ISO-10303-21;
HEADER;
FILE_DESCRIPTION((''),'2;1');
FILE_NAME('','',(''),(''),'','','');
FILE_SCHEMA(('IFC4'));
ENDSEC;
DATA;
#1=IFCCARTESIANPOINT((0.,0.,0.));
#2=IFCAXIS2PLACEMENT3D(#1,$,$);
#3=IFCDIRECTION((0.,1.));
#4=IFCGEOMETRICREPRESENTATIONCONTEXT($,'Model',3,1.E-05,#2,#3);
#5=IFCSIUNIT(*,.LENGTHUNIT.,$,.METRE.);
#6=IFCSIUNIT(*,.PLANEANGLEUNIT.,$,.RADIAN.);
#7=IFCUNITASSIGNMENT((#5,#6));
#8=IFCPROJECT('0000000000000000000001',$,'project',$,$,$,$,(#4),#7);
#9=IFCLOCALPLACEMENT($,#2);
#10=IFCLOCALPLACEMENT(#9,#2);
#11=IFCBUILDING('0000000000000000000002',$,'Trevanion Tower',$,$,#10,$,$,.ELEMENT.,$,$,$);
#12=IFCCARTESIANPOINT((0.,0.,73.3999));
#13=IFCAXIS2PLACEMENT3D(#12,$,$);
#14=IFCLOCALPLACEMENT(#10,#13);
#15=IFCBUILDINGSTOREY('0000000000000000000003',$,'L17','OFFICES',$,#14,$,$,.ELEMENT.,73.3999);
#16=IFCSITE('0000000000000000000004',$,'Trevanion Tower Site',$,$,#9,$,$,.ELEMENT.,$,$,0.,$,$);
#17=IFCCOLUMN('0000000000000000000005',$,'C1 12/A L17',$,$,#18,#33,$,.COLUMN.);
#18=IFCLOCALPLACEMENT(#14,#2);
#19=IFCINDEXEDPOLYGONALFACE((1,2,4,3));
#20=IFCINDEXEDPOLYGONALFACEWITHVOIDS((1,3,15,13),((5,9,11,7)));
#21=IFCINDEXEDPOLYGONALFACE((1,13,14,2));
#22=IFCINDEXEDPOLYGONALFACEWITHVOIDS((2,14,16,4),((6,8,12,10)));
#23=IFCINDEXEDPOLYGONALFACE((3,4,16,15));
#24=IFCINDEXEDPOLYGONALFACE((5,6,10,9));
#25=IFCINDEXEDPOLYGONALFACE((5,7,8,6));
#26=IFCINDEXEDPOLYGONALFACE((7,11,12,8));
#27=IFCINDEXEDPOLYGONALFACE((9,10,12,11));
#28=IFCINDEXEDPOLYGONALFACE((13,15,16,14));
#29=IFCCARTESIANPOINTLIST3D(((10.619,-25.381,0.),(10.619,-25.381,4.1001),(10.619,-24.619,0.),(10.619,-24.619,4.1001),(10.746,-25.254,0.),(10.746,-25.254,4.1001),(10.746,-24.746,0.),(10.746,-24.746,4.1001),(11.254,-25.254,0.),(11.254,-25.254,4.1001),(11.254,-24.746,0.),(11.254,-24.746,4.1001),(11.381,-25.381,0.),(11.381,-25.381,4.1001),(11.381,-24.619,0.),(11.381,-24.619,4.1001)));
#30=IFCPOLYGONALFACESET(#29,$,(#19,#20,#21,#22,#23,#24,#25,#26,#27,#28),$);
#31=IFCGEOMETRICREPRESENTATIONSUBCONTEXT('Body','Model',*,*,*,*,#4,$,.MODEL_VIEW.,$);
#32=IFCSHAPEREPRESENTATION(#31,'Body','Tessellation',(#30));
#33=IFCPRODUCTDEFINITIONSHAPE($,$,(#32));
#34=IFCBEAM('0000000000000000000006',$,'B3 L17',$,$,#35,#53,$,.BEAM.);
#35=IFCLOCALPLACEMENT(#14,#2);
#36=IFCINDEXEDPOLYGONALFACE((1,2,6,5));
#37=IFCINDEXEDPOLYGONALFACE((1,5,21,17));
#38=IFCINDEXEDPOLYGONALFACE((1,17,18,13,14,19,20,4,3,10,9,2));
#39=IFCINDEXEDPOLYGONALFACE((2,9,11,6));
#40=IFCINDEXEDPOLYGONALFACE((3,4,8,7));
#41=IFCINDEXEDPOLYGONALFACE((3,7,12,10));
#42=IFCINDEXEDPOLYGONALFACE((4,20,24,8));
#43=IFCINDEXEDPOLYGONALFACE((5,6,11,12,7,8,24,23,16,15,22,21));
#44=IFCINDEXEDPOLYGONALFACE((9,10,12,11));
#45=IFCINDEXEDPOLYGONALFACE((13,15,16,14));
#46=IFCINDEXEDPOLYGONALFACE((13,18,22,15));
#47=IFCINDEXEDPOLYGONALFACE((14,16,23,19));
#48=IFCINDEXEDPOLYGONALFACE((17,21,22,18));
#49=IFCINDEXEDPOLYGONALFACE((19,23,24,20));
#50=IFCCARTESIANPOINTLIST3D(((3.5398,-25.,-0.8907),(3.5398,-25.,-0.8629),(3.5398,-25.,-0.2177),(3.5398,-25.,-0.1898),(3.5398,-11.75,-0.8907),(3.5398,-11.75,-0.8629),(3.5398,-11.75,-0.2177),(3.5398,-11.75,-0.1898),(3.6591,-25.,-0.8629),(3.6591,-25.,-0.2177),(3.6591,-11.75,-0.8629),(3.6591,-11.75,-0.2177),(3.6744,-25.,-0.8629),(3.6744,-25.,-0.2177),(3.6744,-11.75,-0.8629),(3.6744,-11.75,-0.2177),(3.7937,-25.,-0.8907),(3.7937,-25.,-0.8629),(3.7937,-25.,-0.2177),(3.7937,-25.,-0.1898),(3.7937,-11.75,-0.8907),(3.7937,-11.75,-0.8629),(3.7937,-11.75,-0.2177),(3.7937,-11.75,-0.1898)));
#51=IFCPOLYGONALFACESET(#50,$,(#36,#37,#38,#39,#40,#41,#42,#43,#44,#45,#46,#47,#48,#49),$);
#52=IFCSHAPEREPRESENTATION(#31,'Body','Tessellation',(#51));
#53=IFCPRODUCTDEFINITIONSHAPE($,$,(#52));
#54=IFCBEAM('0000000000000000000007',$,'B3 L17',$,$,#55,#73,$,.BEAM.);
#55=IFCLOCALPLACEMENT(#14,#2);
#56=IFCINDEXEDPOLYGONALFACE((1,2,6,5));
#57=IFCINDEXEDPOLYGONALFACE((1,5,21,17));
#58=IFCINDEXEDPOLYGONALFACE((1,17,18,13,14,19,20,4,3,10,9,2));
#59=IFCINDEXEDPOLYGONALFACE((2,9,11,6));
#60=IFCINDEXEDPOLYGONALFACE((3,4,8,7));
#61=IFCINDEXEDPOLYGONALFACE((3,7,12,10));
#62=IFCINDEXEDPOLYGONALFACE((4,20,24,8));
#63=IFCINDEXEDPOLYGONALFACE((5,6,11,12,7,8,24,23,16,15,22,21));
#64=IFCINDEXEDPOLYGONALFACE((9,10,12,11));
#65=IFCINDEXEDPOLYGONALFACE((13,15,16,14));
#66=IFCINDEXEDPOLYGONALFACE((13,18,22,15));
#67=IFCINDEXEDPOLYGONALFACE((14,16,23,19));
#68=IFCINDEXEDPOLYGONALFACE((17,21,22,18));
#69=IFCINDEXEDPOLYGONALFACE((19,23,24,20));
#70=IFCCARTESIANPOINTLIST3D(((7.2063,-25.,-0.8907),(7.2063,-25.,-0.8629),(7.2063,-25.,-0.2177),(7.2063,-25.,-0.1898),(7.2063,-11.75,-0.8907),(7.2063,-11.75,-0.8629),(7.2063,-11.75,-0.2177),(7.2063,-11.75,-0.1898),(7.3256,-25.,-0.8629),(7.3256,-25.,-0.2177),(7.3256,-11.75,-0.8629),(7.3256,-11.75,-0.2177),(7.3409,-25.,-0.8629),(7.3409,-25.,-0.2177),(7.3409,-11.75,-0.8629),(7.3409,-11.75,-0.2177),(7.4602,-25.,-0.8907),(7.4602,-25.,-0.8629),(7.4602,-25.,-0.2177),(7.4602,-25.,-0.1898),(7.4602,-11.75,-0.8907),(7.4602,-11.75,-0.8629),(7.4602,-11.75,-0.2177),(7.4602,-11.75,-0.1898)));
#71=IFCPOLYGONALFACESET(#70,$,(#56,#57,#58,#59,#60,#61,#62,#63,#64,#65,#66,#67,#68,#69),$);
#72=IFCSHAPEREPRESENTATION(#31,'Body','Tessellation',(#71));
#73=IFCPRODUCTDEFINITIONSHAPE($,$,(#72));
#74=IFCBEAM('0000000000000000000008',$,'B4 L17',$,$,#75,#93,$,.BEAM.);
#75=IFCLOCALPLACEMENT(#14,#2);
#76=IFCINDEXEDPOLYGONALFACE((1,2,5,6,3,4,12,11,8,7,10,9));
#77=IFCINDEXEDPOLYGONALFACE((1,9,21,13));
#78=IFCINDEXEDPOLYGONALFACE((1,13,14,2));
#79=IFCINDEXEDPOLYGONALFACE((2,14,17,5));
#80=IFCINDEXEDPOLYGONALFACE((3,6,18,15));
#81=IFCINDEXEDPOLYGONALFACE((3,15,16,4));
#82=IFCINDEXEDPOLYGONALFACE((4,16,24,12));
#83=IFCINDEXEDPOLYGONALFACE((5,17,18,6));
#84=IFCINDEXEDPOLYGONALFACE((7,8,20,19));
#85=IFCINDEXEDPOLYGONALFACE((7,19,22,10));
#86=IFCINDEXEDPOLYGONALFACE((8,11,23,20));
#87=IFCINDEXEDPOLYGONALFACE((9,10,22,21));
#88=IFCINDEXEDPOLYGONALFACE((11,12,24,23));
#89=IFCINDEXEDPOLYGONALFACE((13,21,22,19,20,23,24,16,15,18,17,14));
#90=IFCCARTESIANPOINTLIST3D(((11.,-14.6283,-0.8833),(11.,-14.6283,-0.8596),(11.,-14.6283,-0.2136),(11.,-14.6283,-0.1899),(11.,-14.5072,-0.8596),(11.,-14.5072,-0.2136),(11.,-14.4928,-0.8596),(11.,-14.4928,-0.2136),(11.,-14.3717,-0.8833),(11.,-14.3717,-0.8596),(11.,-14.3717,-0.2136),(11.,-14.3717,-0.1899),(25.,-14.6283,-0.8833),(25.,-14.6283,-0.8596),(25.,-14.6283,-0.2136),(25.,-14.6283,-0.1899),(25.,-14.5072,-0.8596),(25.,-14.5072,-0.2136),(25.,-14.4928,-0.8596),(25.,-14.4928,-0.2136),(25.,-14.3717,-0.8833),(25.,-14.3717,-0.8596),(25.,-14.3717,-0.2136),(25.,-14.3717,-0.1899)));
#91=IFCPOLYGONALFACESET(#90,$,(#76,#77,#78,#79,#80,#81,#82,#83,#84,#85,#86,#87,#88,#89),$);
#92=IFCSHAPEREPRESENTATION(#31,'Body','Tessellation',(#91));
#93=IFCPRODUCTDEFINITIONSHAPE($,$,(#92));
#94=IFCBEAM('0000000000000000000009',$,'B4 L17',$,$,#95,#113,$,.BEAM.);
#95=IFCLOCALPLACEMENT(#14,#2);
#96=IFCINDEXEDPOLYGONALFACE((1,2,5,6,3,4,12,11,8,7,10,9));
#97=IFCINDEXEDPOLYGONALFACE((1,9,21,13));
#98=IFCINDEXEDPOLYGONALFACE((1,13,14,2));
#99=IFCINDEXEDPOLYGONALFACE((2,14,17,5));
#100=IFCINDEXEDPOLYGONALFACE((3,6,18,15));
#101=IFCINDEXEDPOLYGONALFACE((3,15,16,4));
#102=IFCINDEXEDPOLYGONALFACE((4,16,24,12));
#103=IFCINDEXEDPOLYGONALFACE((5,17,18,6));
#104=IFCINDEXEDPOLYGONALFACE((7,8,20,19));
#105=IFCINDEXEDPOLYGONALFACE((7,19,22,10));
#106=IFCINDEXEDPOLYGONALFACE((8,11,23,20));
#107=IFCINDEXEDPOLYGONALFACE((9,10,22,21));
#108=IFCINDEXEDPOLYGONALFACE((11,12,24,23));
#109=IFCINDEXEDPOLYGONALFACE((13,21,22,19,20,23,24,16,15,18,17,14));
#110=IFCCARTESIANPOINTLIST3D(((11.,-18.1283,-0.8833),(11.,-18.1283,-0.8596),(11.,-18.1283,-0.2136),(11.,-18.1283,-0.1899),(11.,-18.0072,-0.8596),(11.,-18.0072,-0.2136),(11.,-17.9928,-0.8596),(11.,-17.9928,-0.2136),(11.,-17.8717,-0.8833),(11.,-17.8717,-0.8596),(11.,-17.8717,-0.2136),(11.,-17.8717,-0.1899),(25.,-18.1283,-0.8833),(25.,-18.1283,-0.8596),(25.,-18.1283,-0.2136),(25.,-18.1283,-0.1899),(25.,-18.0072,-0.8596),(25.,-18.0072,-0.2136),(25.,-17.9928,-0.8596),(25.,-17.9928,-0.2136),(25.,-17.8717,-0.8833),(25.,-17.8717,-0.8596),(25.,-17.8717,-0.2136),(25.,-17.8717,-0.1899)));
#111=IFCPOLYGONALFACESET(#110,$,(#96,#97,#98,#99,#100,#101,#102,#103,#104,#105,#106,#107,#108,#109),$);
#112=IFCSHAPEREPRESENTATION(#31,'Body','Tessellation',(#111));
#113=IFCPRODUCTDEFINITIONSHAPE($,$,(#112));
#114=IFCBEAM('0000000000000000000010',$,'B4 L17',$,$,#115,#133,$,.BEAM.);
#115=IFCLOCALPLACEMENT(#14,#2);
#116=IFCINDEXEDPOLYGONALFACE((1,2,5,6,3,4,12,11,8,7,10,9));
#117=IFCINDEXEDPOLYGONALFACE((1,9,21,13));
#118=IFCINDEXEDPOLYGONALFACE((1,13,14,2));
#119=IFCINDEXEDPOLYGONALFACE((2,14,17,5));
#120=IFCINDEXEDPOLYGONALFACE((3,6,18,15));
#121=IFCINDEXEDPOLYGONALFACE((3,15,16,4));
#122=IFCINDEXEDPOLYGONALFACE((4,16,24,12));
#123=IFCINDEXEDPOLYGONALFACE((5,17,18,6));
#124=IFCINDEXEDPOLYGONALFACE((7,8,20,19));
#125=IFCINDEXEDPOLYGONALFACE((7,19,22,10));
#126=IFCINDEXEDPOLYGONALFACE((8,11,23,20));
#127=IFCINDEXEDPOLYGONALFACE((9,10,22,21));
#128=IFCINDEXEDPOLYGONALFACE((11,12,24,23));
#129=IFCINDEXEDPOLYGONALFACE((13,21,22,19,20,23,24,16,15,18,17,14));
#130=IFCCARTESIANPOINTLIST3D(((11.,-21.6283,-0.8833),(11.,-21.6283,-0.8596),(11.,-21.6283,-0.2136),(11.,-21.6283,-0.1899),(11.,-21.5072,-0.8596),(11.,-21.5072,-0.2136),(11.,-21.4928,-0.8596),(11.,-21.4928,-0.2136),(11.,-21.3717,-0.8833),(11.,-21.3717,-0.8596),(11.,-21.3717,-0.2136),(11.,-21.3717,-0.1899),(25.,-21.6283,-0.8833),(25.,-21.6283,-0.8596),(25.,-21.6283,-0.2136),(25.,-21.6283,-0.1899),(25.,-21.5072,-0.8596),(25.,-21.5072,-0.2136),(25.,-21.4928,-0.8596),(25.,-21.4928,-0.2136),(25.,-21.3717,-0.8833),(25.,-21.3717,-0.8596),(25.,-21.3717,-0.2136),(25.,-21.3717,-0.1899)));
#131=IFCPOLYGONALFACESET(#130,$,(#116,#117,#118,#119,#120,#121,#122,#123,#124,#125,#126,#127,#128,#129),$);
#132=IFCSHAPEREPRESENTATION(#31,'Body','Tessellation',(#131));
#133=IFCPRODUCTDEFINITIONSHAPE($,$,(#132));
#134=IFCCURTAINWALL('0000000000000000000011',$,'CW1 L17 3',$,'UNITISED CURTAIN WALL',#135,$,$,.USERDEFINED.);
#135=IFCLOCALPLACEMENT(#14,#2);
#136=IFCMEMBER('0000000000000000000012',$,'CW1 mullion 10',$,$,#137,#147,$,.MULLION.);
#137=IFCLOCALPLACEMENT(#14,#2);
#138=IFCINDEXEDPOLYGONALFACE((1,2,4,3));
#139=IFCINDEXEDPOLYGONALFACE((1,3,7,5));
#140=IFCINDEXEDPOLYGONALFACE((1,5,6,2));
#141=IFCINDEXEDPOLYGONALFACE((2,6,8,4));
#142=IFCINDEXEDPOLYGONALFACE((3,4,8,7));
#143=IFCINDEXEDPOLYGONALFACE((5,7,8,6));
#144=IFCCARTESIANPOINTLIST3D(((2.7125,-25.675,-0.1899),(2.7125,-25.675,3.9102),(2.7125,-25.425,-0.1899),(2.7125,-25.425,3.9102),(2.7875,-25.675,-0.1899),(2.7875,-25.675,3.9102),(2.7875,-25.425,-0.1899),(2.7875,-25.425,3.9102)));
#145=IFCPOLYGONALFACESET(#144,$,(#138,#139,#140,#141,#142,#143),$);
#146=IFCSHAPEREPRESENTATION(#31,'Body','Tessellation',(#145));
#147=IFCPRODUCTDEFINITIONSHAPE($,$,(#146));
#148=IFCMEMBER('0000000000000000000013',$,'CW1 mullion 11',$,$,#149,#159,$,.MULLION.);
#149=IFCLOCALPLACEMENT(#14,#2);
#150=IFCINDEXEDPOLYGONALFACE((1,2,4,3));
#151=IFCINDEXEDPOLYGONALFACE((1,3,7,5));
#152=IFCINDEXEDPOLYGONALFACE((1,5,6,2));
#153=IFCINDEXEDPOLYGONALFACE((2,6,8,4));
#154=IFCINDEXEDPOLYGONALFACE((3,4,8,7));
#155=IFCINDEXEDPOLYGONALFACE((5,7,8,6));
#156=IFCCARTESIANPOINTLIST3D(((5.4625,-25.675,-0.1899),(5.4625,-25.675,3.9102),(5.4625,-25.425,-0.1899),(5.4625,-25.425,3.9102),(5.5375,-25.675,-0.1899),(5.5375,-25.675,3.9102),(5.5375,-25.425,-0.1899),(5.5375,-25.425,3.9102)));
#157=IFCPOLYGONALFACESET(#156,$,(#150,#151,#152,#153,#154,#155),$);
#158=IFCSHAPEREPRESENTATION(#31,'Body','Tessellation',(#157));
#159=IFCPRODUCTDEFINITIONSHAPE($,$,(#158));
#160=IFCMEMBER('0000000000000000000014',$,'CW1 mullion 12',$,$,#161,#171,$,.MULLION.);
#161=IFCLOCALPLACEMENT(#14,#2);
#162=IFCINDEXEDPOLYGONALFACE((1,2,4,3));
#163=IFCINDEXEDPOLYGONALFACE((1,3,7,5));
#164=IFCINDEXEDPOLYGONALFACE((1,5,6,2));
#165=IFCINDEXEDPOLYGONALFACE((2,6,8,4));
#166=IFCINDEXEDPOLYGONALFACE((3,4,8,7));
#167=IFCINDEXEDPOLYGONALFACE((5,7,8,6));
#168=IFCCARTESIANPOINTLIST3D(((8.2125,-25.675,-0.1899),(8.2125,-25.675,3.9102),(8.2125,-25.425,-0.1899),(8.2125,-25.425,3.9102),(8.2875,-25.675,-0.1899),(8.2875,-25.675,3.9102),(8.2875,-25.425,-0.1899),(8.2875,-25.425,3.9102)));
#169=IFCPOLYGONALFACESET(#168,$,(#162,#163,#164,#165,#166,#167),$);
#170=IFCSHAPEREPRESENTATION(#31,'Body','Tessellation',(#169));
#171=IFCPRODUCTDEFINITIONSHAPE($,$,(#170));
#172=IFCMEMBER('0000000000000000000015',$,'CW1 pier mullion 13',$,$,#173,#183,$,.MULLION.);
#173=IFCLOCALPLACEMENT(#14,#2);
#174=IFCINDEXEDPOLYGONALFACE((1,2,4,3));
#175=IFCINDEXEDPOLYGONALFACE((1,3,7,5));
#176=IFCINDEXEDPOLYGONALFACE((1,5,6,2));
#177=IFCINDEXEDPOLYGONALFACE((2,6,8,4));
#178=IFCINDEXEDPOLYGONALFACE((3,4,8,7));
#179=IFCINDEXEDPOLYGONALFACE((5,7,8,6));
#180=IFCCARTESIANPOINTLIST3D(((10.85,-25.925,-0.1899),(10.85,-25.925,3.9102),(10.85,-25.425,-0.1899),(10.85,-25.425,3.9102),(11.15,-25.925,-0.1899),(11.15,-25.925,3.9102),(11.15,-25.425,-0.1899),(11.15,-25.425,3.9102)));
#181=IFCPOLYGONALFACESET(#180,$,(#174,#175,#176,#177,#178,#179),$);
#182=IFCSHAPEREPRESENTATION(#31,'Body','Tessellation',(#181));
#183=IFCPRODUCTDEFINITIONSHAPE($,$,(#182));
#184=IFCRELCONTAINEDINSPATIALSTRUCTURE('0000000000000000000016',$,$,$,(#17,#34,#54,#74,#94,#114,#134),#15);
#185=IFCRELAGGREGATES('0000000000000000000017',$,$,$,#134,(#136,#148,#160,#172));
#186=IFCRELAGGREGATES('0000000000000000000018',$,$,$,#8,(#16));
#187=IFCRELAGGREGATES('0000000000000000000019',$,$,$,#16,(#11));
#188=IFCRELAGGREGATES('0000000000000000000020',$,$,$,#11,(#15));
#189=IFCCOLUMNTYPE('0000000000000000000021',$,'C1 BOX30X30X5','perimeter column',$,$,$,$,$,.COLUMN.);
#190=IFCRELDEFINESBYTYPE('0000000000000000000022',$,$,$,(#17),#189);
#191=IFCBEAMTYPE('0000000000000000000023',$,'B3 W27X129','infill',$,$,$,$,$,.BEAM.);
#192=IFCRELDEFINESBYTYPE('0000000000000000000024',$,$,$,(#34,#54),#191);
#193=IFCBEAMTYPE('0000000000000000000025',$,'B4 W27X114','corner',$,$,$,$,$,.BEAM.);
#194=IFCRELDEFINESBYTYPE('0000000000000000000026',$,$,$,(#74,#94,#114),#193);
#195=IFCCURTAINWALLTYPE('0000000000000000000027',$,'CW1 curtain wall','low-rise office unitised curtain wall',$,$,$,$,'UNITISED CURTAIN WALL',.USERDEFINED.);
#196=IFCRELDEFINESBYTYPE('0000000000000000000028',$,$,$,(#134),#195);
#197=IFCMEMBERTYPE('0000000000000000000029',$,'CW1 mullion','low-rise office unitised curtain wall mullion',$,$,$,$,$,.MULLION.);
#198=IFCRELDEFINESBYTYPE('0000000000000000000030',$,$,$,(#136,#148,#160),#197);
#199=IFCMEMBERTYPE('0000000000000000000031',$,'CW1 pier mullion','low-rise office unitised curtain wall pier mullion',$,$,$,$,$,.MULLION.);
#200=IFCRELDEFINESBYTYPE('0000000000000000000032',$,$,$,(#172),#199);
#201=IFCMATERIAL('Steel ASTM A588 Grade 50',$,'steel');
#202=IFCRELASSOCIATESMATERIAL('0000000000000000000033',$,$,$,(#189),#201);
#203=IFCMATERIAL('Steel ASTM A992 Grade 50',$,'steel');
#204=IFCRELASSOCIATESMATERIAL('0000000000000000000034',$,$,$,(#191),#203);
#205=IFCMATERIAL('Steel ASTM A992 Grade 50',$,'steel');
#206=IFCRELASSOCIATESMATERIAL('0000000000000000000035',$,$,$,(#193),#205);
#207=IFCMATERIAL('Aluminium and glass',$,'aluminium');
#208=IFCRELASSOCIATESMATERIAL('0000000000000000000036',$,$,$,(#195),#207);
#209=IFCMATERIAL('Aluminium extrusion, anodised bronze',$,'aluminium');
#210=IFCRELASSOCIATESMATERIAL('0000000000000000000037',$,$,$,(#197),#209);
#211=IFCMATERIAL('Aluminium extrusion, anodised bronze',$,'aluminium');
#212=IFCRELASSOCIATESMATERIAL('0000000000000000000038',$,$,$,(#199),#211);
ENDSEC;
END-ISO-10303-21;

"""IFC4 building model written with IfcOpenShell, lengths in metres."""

from ifc_helpers import new_model, si_unit, direction, frame, origin, origin_2d, place, context, subcontext, project, spatial, rectangle, hollow_rectangle, i_section, extrude, material, material_profile, profile_set, type_object, element, aggregate, save


model = new_model("IFC4")

# Units and contexts
model_context = context("Model", 3, precision=1e-05, world=origin(), true_north=direction((0.0, 1.0)))
body_context = subcontext(model_context, "Body", "Model", "MODEL_VIEW")
ifc_project = project(units=[si_unit("LENGTHUNIT", "METRE"), si_unit("PLANEANGLEUNIT", "RADIAN")], contexts=[model_context])

# Site, building, storey
site_placement = place(None, origin())
site = spatial("IfcSite", under=ifc_project, at=site_placement, Name="Trevanion Tower Site", CompositionType="ELEMENT", RefElevation=0.0)
building_placement = place(site_placement, origin())
building = spatial("IfcBuilding", under=site, at=building_placement, Name="Trevanion Tower", CompositionType="ELEMENT")
storey_placement = place(building_placement, frame((0.0, 0.0, 73.3999)))
storey = spatial("IfcBuildingStorey", under=building, at=storey_placement, Name="L17", Description="OFFICES", CompositionType="ELEMENT", Elevation=73.3999)

# Column
ifc_material_1 = material(Name="Steel ASTM A588 Grade 50", Category="steel")
ifc_material_profile_1 = material_profile(ifc_material_1, hollow_rectangle(XDim=0.762, YDim=0.762, WallThickness=0.127, at=origin_2d()), Name="BOX30X30X5")
ifc_profile_set_1 = profile_set([ifc_material_profile_1], Name="Steel ASTM A588 Grade 50")
column_type = type_object("IfcColumnType", Name="C1 BOX30X30X5", Description="perimeter column", PredefinedType="COLUMN", material=ifc_profile_set_1)
column_placement = place(storey_placement, frame((11.0, -25.0, 0.0), z_axis=(0.0, 0.0, 1.0), x_axis=(1.0, 0.0, 0.0)))
element("IfcColumn", 1, at=column_placement, inside=storey, type_object=column_type, Name="C1 12/A L17", PredefinedType="COLUMN", context=body_context, shape_type="SweptSolid", body=[
    extrude(hollow_rectangle(XDim=0.762, YDim=0.762, WallThickness=0.127, at=origin_2d()), origin(), (0.0, 0.0, 1.0), 4.1001),
])

# Beams
ifc_material_2 = material(Name="Steel ASTM A992 Grade 50", Category="steel")
ifc_material_profile_2 = material_profile(ifc_material_2, i_section(OverallWidth=0.2539, OverallDepth=0.7009, WebThickness=0.0154, FlangeThickness=0.0278, at=origin_2d()), Name="W27X129")
ifc_profile_set_2 = profile_set([ifc_material_profile_2], Name="Steel ASTM A992 Grade 50")
beam_type_1 = type_object("IfcBeamType", Name="B3 W27X129", Description="infill", PredefinedType="BEAM", material=ifc_profile_set_2)
for number, where, z_axis, x_axis, name in (
    (2, (3.6667, -11.75, -0.5403), (0.0, -1.0, 0.0), (1.0, 0.0, 0.0), "B3 L17"),
    (3, (7.3333, -11.75, -0.5403), (0.0, -1.0, 0.0), (1.0, 0.0, 0.0), "B3 L17"),
):
    element("IfcBeam", number, at=place(storey_placement, frame(where, z_axis=z_axis, x_axis=x_axis)), inside=storey, type_object=beam_type_1, Name=name, PredefinedType="BEAM", context=body_context, shape_type="SweptSolid", body=[
        extrude(i_section(OverallWidth=0.2539, OverallDepth=0.7009, WebThickness=0.0154, FlangeThickness=0.0278, at=origin_2d()), origin(), (0.0, 0.0, 1.0), 13.25),
    ])
ifc_material_3 = material(Name="Steel ASTM A992 Grade 50", Category="steel")
ifc_material_profile_3 = material_profile(ifc_material_3, i_section(OverallWidth=0.2566, OverallDepth=0.6934, WebThickness=0.0144, FlangeThickness=0.0237, at=origin_2d()), Name="W27X114")
ifc_profile_set_3 = profile_set([ifc_material_profile_3], Name="Steel ASTM A992 Grade 50")
beam_type_2 = type_object("IfcBeamType", Name="B4 W27X114", Description="corner", PredefinedType="BEAM", material=ifc_profile_set_3)
for number, where, z_axis, x_axis, name in (
    (4, (11.0, -14.5, -0.5366), (1.0, 0.0, 0.0), (0.0, 1.0, 0.0), "B4 L17"),
    (5, (11.0, -18.0, -0.5366), (1.0, 0.0, 0.0), (0.0, 1.0, 0.0), "B4 L17"),
    (6, (11.0, -21.5, -0.5366), (1.0, 0.0, 0.0), (0.0, 1.0, 0.0), "B4 L17"),
):
    element("IfcBeam", number, at=place(storey_placement, frame(where, z_axis=z_axis, x_axis=x_axis)), inside=storey, type_object=beam_type_2, Name=name, PredefinedType="BEAM", context=body_context, shape_type="SweptSolid", body=[
        extrude(i_section(OverallWidth=0.2566, OverallDepth=0.6934, WebThickness=0.0144, FlangeThickness=0.0237, at=origin_2d()), origin(), (0.0, 0.0, 1.0), 14.0),
    ])

# Curtain wall, members
ifc_material_4 = material(Name="Aluminium and glass", Category="aluminium")
curtain_wall_type = type_object("IfcCurtainWallType", Name="CW1 curtain wall", Description="low-rise office unitised curtain wall", ElementType="UNITISED CURTAIN WALL", PredefinedType="USERDEFINED", material=ifc_material_4)
curtain_wall_placement = place(storey_placement, origin())
curtain_wall = element("IfcCurtainWall", 7, at=curtain_wall_placement, inside=storey, type_object=curtain_wall_type, Name="CW1 L17 3", ObjectType="UNITISED CURTAIN WALL", PredefinedType="USERDEFINED")
ifc_material_5 = material(Name="Aluminium extrusion, anodised bronze", Category="aluminium")
ifc_material_profile_4 = material_profile(ifc_material_5, rectangle(XDim=0.075, YDim=0.25, at=origin_2d()), Name="CW1 mullion")
ifc_profile_set_4 = profile_set([ifc_material_profile_4], Name="Aluminium extrusion, anodised bronze")
member_type_1 = type_object("IfcMemberType", Name="CW1 mullion", Description="low-rise office unitised curtain wall mullion", PredefinedType="MULLION", material=ifc_profile_set_4)
member_1_placement = place(storey_placement, frame((2.75, -25.55, -0.1899), z_axis=(0.0, 0.0, 1.0), x_axis=(1.0, 0.0, 0.0)))
member_1 = element("IfcMember", 8, at=member_1_placement, type_object=member_type_1, Name="CW1 mullion 10", PredefinedType="MULLION", context=body_context, shape_type="SweptSolid", body=[
    extrude(rectangle(XDim=0.075, YDim=0.25, at=origin_2d()), origin(), (0.0, 0.0, 1.0), 4.1001),
])
member_2_placement = place(storey_placement, frame((5.5, -25.55, -0.1899), z_axis=(0.0, 0.0, 1.0), x_axis=(1.0, 0.0, 0.0)))
member_2 = element("IfcMember", 9, at=member_2_placement, type_object=member_type_1, Name="CW1 mullion 11", PredefinedType="MULLION", context=body_context, shape_type="SweptSolid", body=[
    extrude(rectangle(XDim=0.075, YDim=0.25, at=origin_2d()), origin(), (0.0, 0.0, 1.0), 4.1001),
])
member_3_placement = place(storey_placement, frame((8.25, -25.55, -0.1899), z_axis=(0.0, 0.0, 1.0), x_axis=(1.0, 0.0, 0.0)))
member_3 = element("IfcMember", 10, at=member_3_placement, type_object=member_type_1, Name="CW1 mullion 12", PredefinedType="MULLION", context=body_context, shape_type="SweptSolid", body=[
    extrude(rectangle(XDim=0.075, YDim=0.25, at=origin_2d()), origin(), (0.0, 0.0, 1.0), 4.1001),
])
ifc_material_6 = material(Name="Aluminium extrusion, anodised bronze", Category="aluminium")
ifc_material_profile_5 = material_profile(ifc_material_6, rectangle(XDim=0.3, YDim=0.5, at=origin_2d()), Name="CW1 pier mullion")
ifc_profile_set_5 = profile_set([ifc_material_profile_5], Name="Aluminium extrusion, anodised bronze")
member_type_2 = type_object("IfcMemberType", Name="CW1 pier mullion", Description="low-rise office unitised curtain wall pier mullion", PredefinedType="MULLION", material=ifc_profile_set_5)
member_4_placement = place(storey_placement, frame((11.0, -25.675, -0.1899), z_axis=(0.0, 0.0, 1.0), x_axis=(1.0, 0.0, 0.0)))
member_4 = element("IfcMember", 11, at=member_4_placement, type_object=member_type_2, Name="CW1 pier mullion 13", PredefinedType="MULLION", context=body_context, shape_type="SweptSolid", body=[
    extrude(rectangle(XDim=0.3, YDim=0.5, at=origin_2d()), origin(), (0.0, 0.0, 1.0), 4.1001),
])

aggregate(curtain_wall, [member_1, member_2, member_3, member_4])

save(model, "model.ifc")
